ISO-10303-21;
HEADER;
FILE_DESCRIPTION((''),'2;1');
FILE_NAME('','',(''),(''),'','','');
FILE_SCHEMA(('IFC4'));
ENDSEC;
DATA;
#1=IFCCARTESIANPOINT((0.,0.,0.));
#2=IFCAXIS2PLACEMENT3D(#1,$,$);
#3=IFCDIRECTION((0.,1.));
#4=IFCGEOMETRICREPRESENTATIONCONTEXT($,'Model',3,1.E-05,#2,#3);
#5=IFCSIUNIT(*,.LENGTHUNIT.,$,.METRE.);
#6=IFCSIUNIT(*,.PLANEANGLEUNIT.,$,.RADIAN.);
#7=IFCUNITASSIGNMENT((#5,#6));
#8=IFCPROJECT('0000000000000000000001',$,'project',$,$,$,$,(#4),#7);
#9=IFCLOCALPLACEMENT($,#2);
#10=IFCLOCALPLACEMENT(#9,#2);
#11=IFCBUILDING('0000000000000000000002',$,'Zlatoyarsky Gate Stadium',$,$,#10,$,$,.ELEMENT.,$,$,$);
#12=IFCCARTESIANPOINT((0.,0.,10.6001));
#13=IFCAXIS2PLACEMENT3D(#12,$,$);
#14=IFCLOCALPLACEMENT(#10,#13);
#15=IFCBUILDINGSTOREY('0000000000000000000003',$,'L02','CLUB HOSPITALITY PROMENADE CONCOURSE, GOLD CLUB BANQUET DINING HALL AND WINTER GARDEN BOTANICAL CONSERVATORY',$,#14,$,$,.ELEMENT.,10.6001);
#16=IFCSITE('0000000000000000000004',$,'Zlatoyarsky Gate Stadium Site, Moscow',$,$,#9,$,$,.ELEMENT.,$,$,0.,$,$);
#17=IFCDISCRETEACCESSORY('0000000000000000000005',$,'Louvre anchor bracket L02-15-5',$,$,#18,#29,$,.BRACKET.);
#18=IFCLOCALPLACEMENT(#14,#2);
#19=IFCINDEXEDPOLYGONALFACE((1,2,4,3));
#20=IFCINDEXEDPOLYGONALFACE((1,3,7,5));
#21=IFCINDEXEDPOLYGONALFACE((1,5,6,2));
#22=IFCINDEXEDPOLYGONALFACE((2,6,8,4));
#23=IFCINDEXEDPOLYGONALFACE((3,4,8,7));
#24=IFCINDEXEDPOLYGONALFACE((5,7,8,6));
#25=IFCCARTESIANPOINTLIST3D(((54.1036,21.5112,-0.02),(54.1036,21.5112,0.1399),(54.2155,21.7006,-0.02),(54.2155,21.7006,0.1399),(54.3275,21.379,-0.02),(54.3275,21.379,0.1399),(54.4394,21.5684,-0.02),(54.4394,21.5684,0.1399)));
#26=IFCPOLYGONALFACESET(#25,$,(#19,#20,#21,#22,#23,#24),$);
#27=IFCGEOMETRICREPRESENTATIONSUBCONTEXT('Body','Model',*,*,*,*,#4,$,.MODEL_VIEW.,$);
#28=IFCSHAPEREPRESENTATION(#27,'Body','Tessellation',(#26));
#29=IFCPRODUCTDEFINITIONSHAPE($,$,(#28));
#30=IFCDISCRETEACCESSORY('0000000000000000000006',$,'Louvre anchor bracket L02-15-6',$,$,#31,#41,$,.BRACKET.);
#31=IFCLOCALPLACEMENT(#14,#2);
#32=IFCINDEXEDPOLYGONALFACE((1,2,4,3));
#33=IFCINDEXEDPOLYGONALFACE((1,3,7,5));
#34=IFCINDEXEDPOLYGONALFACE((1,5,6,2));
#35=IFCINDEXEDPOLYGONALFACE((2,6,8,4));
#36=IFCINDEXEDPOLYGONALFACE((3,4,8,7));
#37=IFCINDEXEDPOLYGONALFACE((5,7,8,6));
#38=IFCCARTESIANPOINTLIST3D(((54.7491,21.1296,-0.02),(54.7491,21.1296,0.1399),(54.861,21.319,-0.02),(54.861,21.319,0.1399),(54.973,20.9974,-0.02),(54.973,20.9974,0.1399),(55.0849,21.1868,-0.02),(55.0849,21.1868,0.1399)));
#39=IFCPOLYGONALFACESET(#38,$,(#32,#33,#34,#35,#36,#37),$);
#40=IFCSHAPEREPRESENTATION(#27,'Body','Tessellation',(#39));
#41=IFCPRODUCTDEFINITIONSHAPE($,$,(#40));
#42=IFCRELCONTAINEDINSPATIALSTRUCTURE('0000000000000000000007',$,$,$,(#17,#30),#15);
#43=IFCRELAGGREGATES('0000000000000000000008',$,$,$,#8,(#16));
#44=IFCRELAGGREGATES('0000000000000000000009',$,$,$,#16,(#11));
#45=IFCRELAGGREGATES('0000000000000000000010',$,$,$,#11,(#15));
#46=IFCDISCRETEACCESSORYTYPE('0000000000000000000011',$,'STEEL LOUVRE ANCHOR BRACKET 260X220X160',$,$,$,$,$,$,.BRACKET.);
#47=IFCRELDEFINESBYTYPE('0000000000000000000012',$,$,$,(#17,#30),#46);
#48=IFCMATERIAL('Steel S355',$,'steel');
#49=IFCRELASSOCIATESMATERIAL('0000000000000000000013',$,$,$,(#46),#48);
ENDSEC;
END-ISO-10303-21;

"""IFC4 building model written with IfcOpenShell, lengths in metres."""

from ifc_helpers import new_model, si_unit, direction, frame, origin, origin_2d, place, context, subcontext, project, spatial, rectangle, extrude, material, type_object, element, save


model = new_model("IFC4")

# Units and contexts
model_context = context("Model", 3, precision=1e-05, world=origin(), true_north=direction((0.0, 1.0)))
body_context = subcontext(model_context, "Body", "Model", "MODEL_VIEW")
ifc_project = project(units=[si_unit("LENGTHUNIT", "METRE"), si_unit("PLANEANGLEUNIT", "RADIAN")], contexts=[model_context])

# Site, building, storey
site_placement = place(None, origin())
site = spatial("IfcSite", under=ifc_project, at=site_placement, Name="Zlatoyarsky Gate Stadium Site, Moscow", CompositionType="ELEMENT", RefElevation=0.0)
building_placement = place(site_placement, origin())
building = spatial("IfcBuilding", under=site, at=building_placement, Name="Zlatoyarsky Gate Stadium", CompositionType="ELEMENT")
storey_placement = place(building_placement, frame((0.0, 0.0, 10.6001)))
storey = spatial("IfcBuildingStorey", under=building, at=storey_placement, Name="L02", Description="CLUB HOSPITALITY PROMENADE CONCOURSE, GOLD CLUB BANQUET DINING HALL AND WINTER GARDEN BOTANICAL CONSERVATORY", CompositionType="ELEMENT", Elevation=10.6001)

# Shared definitions
ifc_material_1 = material(Name="Steel S355", Category="steel")

# Discrete accessories
discrete_accessory_type = type_object("IfcDiscreteAccessoryType", Name="STEEL LOUVRE ANCHOR BRACKET 260X220X160", PredefinedType="BRACKET", material=ifc_material_1)
for number, where, z_axis, x_axis, name in (
    (1, (54.2715, 21.5398, -0.02), (0.0, 0.0, 1.0), (0.860992, -0.508619, 0.0), "Louvre anchor bracket L02-15-5"),
    (2, (54.917, 21.1582, -0.02), (0.0, 0.0, 1.0), (0.860992, -0.508619, 0.0), "Louvre anchor bracket L02-15-6"),
):
    element("IfcDiscreteAccessory", number, at=place(storey_placement, frame(where, z_axis=z_axis, x_axis=x_axis)), inside=storey, type_object=discrete_accessory_type, Name=name, PredefinedType="BRACKET", context=body_context, shape_type="SweptSolid", body=[
        extrude(rectangle(XDim=0.26, YDim=0.22, at=origin_2d()), origin(), (0.0, 0.0, 1.0), 0.1599),
    ])

save(model, "model.ifc")
